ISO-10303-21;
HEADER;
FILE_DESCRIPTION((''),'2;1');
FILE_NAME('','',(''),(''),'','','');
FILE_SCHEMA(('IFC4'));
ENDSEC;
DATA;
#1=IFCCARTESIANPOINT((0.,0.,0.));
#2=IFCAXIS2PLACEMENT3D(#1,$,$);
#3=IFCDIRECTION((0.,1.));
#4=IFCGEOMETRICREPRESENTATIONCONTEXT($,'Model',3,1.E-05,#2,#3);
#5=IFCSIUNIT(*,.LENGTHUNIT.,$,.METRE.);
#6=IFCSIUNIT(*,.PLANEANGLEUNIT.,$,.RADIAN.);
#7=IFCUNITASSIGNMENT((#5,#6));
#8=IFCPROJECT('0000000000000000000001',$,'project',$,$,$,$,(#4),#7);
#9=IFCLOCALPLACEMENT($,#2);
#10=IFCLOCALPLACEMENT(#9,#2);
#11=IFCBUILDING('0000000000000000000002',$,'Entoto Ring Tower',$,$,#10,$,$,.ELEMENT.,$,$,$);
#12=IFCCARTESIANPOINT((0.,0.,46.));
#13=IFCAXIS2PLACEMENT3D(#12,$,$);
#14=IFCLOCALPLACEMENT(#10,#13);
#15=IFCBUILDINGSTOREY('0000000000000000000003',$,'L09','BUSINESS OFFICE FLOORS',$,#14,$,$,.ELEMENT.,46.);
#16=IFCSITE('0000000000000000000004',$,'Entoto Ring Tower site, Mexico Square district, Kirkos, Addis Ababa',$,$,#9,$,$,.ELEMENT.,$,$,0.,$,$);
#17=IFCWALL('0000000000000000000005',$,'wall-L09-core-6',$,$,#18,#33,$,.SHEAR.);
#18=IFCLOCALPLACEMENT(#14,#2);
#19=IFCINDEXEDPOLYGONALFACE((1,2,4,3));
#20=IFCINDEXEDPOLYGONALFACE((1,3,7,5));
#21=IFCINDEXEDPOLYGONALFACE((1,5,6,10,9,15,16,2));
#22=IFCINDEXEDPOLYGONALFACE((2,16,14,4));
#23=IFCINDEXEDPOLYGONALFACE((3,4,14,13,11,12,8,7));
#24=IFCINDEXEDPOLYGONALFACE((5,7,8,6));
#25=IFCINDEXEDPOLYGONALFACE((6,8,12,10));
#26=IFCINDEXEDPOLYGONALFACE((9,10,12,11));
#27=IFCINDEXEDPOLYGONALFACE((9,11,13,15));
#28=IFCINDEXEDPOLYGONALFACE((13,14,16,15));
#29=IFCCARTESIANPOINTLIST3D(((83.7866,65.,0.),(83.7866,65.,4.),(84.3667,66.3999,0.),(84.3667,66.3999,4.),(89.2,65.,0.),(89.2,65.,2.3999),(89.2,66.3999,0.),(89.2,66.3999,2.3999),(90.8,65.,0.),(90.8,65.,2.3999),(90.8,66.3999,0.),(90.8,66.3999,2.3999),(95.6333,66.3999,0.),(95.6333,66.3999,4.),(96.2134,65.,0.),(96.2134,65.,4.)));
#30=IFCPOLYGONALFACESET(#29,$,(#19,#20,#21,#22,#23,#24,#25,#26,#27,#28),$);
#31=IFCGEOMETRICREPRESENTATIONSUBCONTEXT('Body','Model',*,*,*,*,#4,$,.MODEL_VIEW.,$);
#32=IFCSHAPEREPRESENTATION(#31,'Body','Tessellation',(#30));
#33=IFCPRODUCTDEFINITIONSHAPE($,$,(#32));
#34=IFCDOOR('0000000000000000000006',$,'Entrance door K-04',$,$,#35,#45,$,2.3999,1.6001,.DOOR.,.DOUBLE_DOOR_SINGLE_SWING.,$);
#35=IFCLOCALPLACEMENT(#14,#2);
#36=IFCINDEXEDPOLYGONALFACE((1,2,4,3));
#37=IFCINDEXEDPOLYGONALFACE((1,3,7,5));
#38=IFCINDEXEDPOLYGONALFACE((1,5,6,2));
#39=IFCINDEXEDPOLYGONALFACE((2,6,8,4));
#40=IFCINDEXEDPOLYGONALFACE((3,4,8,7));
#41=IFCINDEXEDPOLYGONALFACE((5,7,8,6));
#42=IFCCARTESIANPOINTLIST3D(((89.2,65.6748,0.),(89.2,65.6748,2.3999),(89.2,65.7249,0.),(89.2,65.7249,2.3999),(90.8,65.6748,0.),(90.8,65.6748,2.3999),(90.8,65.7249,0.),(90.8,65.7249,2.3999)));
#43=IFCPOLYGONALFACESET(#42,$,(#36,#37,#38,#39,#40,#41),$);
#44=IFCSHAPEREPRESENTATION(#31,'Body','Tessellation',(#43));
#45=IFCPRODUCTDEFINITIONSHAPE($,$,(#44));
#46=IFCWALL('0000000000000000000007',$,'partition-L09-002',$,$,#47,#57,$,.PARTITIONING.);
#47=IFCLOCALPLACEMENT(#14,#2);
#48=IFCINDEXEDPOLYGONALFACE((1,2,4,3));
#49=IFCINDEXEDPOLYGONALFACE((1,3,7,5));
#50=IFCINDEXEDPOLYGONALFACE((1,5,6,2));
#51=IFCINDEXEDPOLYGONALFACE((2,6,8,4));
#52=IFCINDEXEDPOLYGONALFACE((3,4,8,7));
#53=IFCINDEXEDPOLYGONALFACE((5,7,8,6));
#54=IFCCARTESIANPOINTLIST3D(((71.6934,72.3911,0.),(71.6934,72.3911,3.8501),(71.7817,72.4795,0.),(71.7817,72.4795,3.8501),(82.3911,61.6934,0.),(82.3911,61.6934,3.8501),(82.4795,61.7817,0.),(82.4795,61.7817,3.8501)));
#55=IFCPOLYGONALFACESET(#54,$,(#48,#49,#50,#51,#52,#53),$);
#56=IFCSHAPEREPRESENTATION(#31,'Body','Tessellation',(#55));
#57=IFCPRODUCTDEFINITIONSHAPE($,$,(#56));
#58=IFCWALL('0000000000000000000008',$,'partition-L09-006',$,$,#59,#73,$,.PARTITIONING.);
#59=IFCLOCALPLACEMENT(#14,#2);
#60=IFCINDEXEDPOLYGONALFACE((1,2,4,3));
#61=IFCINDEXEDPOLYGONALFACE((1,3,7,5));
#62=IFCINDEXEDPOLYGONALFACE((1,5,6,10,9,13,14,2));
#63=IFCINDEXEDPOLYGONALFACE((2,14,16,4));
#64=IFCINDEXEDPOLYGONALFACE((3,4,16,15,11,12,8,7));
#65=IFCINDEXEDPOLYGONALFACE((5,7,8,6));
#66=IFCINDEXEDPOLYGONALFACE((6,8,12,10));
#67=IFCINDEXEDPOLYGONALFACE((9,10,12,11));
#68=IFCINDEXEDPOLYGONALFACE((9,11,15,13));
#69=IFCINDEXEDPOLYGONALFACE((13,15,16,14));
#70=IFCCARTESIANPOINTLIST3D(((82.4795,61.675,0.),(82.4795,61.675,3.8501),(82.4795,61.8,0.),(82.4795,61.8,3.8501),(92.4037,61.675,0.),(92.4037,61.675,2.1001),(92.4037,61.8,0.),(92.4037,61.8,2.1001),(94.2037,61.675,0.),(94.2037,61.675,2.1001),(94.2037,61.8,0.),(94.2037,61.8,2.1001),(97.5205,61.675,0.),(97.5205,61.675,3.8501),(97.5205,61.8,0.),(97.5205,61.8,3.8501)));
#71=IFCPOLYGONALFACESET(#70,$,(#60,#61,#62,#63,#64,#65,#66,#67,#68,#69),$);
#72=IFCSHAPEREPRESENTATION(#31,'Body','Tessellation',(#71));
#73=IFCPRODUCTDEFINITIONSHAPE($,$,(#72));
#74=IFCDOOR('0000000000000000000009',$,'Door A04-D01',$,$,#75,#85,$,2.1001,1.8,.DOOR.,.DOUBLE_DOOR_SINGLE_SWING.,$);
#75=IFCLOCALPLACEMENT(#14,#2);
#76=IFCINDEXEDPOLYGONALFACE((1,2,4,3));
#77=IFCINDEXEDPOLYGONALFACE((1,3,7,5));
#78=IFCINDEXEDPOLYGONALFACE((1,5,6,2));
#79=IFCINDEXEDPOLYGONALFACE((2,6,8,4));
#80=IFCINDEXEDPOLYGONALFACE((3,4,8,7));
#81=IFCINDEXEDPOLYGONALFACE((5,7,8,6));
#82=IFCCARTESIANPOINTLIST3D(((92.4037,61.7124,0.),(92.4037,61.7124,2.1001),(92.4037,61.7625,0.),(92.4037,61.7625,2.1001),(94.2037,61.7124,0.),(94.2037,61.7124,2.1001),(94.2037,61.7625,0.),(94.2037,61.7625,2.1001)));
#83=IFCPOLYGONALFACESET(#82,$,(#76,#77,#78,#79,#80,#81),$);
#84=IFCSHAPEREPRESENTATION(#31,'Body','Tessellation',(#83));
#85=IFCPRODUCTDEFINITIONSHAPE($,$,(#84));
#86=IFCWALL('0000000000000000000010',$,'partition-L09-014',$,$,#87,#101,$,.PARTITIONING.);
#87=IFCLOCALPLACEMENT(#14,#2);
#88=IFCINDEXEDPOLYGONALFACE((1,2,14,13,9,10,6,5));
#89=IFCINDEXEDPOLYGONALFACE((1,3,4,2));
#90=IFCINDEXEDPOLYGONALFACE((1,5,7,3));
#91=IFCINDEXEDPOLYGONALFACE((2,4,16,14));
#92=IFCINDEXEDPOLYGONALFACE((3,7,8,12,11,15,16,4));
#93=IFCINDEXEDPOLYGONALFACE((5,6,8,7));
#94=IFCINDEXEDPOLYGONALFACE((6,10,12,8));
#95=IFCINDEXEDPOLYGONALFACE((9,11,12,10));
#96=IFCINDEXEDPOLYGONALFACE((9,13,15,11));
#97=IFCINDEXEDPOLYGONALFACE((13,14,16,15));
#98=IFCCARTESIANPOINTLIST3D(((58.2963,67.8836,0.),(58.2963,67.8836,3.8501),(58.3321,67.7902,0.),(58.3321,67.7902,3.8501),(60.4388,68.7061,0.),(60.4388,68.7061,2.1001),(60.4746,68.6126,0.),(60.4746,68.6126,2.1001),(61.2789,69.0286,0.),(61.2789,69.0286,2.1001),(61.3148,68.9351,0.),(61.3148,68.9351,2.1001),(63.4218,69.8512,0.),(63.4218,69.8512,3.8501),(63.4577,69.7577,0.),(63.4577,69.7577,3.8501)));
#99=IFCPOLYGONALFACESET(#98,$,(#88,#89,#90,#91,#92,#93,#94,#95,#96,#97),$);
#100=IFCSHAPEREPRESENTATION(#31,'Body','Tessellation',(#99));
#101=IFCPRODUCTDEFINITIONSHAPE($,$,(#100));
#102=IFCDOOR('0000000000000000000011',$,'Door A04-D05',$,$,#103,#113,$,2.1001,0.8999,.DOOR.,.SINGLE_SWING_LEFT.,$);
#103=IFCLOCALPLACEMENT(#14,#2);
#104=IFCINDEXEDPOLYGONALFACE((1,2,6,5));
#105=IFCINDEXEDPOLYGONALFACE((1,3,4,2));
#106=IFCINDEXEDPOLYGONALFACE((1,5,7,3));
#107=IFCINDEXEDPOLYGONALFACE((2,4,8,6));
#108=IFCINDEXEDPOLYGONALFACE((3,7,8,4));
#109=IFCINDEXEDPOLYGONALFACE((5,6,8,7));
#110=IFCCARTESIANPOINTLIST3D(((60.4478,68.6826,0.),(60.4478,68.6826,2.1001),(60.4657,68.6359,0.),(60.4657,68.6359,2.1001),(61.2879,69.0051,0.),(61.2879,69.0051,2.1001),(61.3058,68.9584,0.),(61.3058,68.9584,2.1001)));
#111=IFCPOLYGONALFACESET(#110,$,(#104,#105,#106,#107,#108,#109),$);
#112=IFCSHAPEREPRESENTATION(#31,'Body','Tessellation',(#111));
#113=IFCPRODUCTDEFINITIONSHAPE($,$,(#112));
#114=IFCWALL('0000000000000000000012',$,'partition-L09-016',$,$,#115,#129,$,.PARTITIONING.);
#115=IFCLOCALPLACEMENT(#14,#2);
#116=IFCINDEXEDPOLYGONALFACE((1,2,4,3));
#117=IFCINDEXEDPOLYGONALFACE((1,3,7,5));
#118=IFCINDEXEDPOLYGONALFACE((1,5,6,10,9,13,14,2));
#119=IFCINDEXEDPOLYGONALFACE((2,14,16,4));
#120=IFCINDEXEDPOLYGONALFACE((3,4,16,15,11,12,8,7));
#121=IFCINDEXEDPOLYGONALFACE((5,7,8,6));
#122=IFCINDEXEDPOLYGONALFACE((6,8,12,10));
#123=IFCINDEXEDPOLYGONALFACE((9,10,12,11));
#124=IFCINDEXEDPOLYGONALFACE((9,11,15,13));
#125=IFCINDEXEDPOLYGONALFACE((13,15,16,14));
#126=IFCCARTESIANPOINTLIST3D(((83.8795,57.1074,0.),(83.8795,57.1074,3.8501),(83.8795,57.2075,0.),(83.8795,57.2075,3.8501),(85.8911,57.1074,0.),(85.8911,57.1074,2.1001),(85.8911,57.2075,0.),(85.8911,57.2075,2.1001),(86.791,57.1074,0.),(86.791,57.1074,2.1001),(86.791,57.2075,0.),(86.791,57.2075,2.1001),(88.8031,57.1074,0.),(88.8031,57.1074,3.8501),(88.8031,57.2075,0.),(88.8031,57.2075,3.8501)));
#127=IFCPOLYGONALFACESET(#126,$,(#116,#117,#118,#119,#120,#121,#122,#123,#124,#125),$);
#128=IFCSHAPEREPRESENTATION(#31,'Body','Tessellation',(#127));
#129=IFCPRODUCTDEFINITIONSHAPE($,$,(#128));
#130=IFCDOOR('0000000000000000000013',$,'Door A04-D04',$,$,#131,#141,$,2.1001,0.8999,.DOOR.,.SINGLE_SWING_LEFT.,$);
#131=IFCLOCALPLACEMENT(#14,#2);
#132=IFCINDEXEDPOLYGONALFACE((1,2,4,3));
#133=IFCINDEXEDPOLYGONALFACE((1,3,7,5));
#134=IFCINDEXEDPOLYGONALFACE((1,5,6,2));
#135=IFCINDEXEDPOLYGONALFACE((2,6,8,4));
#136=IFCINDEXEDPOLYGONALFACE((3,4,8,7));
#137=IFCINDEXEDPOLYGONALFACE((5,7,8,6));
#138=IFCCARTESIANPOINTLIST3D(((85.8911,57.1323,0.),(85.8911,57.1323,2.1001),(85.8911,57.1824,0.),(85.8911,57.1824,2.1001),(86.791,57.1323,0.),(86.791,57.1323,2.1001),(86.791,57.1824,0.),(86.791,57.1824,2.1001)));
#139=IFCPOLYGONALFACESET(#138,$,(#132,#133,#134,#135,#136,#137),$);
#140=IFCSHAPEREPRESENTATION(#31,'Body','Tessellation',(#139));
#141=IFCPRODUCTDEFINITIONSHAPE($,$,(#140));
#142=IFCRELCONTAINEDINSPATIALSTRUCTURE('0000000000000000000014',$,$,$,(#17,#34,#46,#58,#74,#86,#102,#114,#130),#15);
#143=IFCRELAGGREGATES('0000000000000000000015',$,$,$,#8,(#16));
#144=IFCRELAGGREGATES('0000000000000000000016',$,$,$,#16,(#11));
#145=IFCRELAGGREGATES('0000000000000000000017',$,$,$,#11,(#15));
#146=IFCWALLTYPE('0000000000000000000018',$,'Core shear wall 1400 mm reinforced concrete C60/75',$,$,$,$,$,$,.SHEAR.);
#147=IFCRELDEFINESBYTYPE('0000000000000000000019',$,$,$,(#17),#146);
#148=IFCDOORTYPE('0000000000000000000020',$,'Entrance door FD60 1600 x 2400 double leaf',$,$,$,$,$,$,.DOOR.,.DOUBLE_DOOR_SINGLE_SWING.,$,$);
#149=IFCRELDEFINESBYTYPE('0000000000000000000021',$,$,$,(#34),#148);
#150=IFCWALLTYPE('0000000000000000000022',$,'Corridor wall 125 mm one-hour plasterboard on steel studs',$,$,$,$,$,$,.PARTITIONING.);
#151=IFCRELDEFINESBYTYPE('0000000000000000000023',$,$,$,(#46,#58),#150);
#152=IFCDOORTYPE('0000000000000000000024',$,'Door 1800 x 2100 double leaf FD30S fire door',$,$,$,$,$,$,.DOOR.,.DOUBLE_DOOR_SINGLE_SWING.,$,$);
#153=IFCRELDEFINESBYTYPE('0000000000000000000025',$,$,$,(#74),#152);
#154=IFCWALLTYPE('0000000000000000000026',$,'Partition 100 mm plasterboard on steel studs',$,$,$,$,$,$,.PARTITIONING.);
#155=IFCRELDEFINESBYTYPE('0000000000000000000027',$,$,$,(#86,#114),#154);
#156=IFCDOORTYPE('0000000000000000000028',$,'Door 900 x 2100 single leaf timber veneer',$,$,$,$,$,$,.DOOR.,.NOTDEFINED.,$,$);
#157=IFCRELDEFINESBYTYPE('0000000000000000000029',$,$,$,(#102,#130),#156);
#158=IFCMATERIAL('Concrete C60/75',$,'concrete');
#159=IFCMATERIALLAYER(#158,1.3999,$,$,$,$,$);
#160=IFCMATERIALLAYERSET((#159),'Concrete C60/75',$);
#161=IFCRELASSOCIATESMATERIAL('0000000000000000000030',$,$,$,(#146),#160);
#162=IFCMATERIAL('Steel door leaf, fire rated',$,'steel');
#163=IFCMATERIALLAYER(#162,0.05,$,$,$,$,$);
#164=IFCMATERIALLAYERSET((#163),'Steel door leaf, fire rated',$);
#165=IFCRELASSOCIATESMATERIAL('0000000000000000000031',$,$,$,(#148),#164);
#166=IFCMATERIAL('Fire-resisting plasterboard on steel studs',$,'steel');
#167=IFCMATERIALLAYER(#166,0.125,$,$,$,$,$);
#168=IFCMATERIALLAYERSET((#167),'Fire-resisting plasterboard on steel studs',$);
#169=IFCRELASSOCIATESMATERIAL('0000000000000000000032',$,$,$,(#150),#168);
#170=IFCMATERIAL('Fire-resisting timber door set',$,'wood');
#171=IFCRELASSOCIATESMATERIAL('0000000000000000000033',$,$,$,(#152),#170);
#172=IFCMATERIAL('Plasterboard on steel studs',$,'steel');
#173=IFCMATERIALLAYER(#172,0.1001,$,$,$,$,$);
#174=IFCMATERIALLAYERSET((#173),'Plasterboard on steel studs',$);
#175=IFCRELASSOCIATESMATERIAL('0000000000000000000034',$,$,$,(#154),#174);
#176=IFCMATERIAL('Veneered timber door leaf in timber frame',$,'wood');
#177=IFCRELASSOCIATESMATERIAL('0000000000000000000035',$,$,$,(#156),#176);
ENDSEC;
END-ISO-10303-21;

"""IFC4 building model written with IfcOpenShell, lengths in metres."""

from ifc_helpers import new_model, si_unit, direction, frame, frame_2d, origin, place, context, subcontext, project, spatial, polyline, rectangle, outline, extrude, material, layer, layer_set, type_object, element, fill, save


model = new_model("IFC4")

# Units and contexts
model_context = context("Model", 3, precision=1e-05, world=origin(), true_north=direction((0.0, 1.0)))
body_context = subcontext(model_context, "Body", "Model", "MODEL_VIEW")
ifc_project = project(units=[si_unit("LENGTHUNIT", "METRE"), si_unit("PLANEANGLEUNIT", "RADIAN")], contexts=[model_context])

# Site, building, storey
site_placement = place(None, origin())
site = spatial("IfcSite", under=ifc_project, at=site_placement, Name="Entoto Ring Tower site, Mexico Square district, Kirkos, Addis Ababa", CompositionType="ELEMENT", RefElevation=0.0)
building_placement = place(site_placement, origin())
building = spatial("IfcBuilding", under=site, at=building_placement, Name="Entoto Ring Tower", CompositionType="ELEMENT")
storey_placement = place(building_placement, frame((0.0, 0.0, 46.0)))
storey = spatial("IfcBuildingStorey", under=building, at=storey_placement, Name="L09", Description="BUSINESS OFFICE FLOORS", CompositionType="ELEMENT", Elevation=46.0)

# Wall, opening, door
ifc_material_1 = material(Name="Concrete C60/75", Category="concrete")
ifc_layer_1 = layer(ifc_material_1, 1.3999)
ifc_layer_set_1 = layer_set([ifc_layer_1], Name="Concrete C60/75")
wall_type_1 = type_object("IfcWallType", Name="Core shear wall 1400 mm reinforced concrete C60/75", PredefinedType="SHEAR", material=ifc_layer_set_1)
wall_1_placement = place(storey_placement, frame((84.0767, 65.7, 0.0), z_axis=(0.0, 0.0, 1.0), x_axis=(1.0, 0.0, 0.0)))
wall_1 = element("IfcWall", 1, at=wall_1_placement, inside=storey, type_object=wall_type_1, Name="wall-L09-core-6", PredefinedType="SHEAR", context=body_context, shape_type="SweptSolid", body=[
    extrude(outline(polyline([(-0.29, -0.7), (12.1367, -0.7), (11.5566, 0.7), (0.29, 0.7), (-0.29, -0.7)])), origin(), (0.0, 0.0, 1.0), 4.0),
])
opening_1_placement = place(wall_1_placement, frame((5.1233, 0.0, 0.0)))
opening_1 = element("IfcOpeningElement", 2, at=opening_1_placement, cuts=wall_1, PredefinedType="OPENING", context=body_context, shape_type="SweptSolid", body=[
    extrude(rectangle(XDim=1.6001, YDim=2.3999, at=frame_2d((0.8, 1.2))), frame((0.0, 0.71, 0.0), z_axis=(0.0, -1.0, 0.0), x_axis=(1.0, 0.0, 0.0)), (0.0, 0.0, 1.0), 1.4199),
])
ifc_material_2 = material(Name="Steel door leaf, fire rated", Category="steel")
ifc_layer_2 = layer(ifc_material_2, 0.05)
ifc_layer_set_2 = layer_set([ifc_layer_2], Name="Steel door leaf, fire rated")
door_type_1 = type_object("IfcDoorType", Name="Entrance door FD60 1600 x 2400 double leaf", OperationType="DOUBLE_DOOR_SINGLE_SWING", PredefinedType="DOOR", material=ifc_layer_set_2)
door_1_placement = place(opening_1_placement, origin())
door_1 = element("IfcDoor", 3, at=door_1_placement, inside=storey, type_object=door_type_1, Name="Entrance door K-04", OperationType="DOUBLE_DOOR_SINGLE_SWING", OverallHeight=2.3999, OverallWidth=1.6001, PredefinedType="DOOR", context=body_context, shape_type="SweptSolid", body=[
    extrude(rectangle(XDim=1.6001, YDim=2.3999, at=frame_2d((0.8, 1.2))), frame((0.0, 0.0249, 0.0), z_axis=(0.0, -1.0, 0.0), x_axis=(1.0, 0.0, 0.0)), (0.0, 0.0, 1.0), 0.05),
])
fill(opening_1, door_1)

# Wall
ifc_material_3 = material(Name="Fire-resisting plasterboard on steel studs", Category="steel")
ifc_layer_3 = layer(ifc_material_3, 0.125)
ifc_layer_set_3 = layer_set([ifc_layer_3], Name="Fire-resisting plasterboard on steel studs")
wall_type_2 = type_object("IfcWallType", Name="Corridor wall 125 mm one-hour plasterboard on steel studs", PredefinedType="PARTITIONING", material=ifc_layer_set_3)
wall_2_placement = place(storey_placement, frame((82.4353, 61.7375, 0.0), z_axis=(0.0, 0.0, 1.0), x_axis=(-0.707107, 0.707107, 0.0)))
element("IfcWall", 4, at=wall_2_placement, inside=storey, type_object=wall_type_2, Name="partition-L09-002", PredefinedType="PARTITIONING", context=body_context, shape_type="SweptSolid", body=[
    extrude(rectangle(XDim=15.1289, YDim=0.125, at=frame_2d((7.5645, 0.0))), origin(), (0.0, 0.0, 1.0), 3.8501),
])

# Walls, openings, doors
wall_3_placement = place(storey_placement, frame((82.4795, 61.7375, 0.0), z_axis=(0.0, 0.0, 1.0), x_axis=(1.0, 0.0, 0.0)))
wall_3 = element("IfcWall", 5, at=wall_3_placement, inside=storey, type_object=wall_type_2, Name="partition-L09-006", PredefinedType="PARTITIONING", context=body_context, shape_type="SweptSolid", body=[
    extrude(rectangle(XDim=15.041, YDim=0.125, at=frame_2d((7.5205, 0.0))), origin(), (0.0, 0.0, 1.0), 3.8501),
])
opening_2_placement = place(wall_3_placement, frame((9.9243, 0.0, 0.0)))
opening_2 = element("IfcOpeningElement", 6, at=opening_2_placement, cuts=wall_3, PredefinedType="OPENING", context=body_context, shape_type="SweptSolid", body=[
    extrude(rectangle(XDim=1.8, YDim=2.1001, at=frame_2d((0.8999, 1.05))), frame((0.0, 0.0725, 0.0), z_axis=(0.0, -1.0, 0.0), x_axis=(1.0, 0.0, 0.0)), (0.0, 0.0, 1.0), 0.145),
])
ifc_material_4 = material(Name="Fire-resisting timber door set", Category="wood")
door_type_2 = type_object("IfcDoorType", Name="Door 1800 x 2100 double leaf FD30S fire door", OperationType="DOUBLE_DOOR_SINGLE_SWING", PredefinedType="DOOR", material=ifc_material_4)
door_2_placement = place(opening_2_placement, origin())
door_2 = element("IfcDoor", 7, at=door_2_placement, inside=storey, type_object=door_type_2, Name="Door A04-D01", OperationType="DOUBLE_DOOR_SINGLE_SWING", OverallHeight=2.1001, OverallWidth=1.8, PredefinedType="DOOR", context=body_context, shape_type="SweptSolid", body=[
    extrude(rectangle(XDim=1.8, YDim=2.1001, at=frame_2d((0.8999, 1.05))), frame((0.0, 0.0249, 0.0), z_axis=(0.0, -1.0, 0.0), x_axis=(1.0, 0.0, 0.0)), (0.0, 0.0, 1.0), 0.05),
])
fill(opening_2, door_2)
ifc_material_5 = material(Name="Plasterboard on steel studs", Category="steel")
ifc_layer_4 = layer(ifc_material_5, 0.1001)
ifc_layer_set_4 = layer_set([ifc_layer_4], Name="Plasterboard on steel studs")
wall_type_3 = type_object("IfcWallType", Name="Partition 100 mm plasterboard on steel studs", PredefinedType="PARTITIONING", material=ifc_layer_set_4)
wall_4_placement = place(storey_placement, frame((58.3142, 67.8369, 0.0), z_axis=(0.0, 0.0, 1.0), x_axis=(0.933578, 0.358374, 0.0)))
wall_4 = element("IfcWall", 8, at=wall_4_placement, inside=storey, type_object=wall_type_3, Name="partition-L09-014", PredefinedType="PARTITIONING", context=body_context, shape_type="SweptSolid", body=[
    extrude(rectangle(XDim=5.4902, YDim=0.1001, at=frame_2d((2.7451, 0.0))), origin(), (0.0, 0.0, 1.0), 3.8501),
])
opening_3_placement = place(wall_4_placement, frame((2.2949, 0.0, 0.0)))
opening_3 = element("IfcOpeningElement", 9, at=opening_3_placement, cuts=wall_4, PredefinedType="OPENING", context=body_context, shape_type="SweptSolid", body=[
    extrude(rectangle(XDim=0.8999, YDim=2.1001, at=frame_2d((0.45, 1.05))), frame((0.0, 0.0601, 0.0), z_axis=(0.0, -1.0, 0.0), x_axis=(1.0, 0.0, 0.0)), (0.0, 0.0, 1.0), 0.1201),
])
ifc_material_6 = material(Name="Veneered timber door leaf in timber frame", Category="wood")
door_type_3 = type_object("IfcDoorType", Name="Door 900 x 2100 single leaf timber veneer", OperationType="NOTDEFINED", PredefinedType="DOOR", material=ifc_material_6)
door_3_placement = place(opening_3_placement, origin())
door_3 = element("IfcDoor", 10, at=door_3_placement, inside=storey, type_object=door_type_3, Name="Door A04-D05", OperationType="SINGLE_SWING_LEFT", OverallHeight=2.1001, OverallWidth=0.8999, PredefinedType="DOOR", context=body_context, shape_type="SweptSolid", body=[
    extrude(rectangle(XDim=0.8999, YDim=2.1001, at=frame_2d((0.45, 1.05))), frame((0.0, 0.0249, 0.0), z_axis=(0.0, -1.0, 0.0), x_axis=(1.0, 0.0, 0.0)), (0.0, 0.0, 1.0), 0.05),
])
fill(opening_3, door_3)
wall_5_placement = place(storey_placement, frame((83.8794, 57.1575, 0.0), z_axis=(0.0, 0.0, 1.0), x_axis=(1.0, 0.0, 0.0)))
wall_5 = element("IfcWall", 11, at=wall_5_placement, inside=storey, type_object=wall_type_3, Name="partition-L09-016", PredefinedType="PARTITIONING", context=body_context, shape_type="SweptSolid", body=[
    extrude(rectangle(XDim=4.9236, YDim=0.1001, at=frame_2d((2.4619, 0.0))), origin(), (0.0, 0.0, 1.0), 3.8501),
])
opening_4_placement = place(wall_5_placement, frame((2.0117, 0.0, 0.0)))
opening_4 = element("IfcOpeningElement", 12, at=opening_4_placement, cuts=wall_5, PredefinedType="OPENING", context=body_context, shape_type="SweptSolid", body=[
    extrude(rectangle(XDim=0.8999, YDim=2.1001, at=frame_2d((0.45, 1.05))), frame((0.0, 0.0601, 0.0), z_axis=(0.0, -1.0, 0.0), x_axis=(1.0, 0.0, 0.0)), (0.0, 0.0, 1.0), 0.1201),
])
door_4_placement = place(opening_4_placement, origin())
door_4 = element("IfcDoor", 13, at=door_4_placement, inside=storey, type_object=door_type_3, Name="Door A04-D04", OperationType="SINGLE_SWING_LEFT", OverallHeight=2.1001, OverallWidth=0.8999, PredefinedType="DOOR", context=body_context, shape_type="SweptSolid", body=[
    extrude(rectangle(XDim=0.8999, YDim=2.1001, at=frame_2d((0.45, 1.05))), frame((0.0, 0.0249, 0.0), z_axis=(0.0, -1.0, 0.0), x_axis=(1.0, 0.0, 0.0)), (0.0, 0.0, 1.0), 0.05),
])
fill(opening_4, door_4)

save(model, "model.ifc")
